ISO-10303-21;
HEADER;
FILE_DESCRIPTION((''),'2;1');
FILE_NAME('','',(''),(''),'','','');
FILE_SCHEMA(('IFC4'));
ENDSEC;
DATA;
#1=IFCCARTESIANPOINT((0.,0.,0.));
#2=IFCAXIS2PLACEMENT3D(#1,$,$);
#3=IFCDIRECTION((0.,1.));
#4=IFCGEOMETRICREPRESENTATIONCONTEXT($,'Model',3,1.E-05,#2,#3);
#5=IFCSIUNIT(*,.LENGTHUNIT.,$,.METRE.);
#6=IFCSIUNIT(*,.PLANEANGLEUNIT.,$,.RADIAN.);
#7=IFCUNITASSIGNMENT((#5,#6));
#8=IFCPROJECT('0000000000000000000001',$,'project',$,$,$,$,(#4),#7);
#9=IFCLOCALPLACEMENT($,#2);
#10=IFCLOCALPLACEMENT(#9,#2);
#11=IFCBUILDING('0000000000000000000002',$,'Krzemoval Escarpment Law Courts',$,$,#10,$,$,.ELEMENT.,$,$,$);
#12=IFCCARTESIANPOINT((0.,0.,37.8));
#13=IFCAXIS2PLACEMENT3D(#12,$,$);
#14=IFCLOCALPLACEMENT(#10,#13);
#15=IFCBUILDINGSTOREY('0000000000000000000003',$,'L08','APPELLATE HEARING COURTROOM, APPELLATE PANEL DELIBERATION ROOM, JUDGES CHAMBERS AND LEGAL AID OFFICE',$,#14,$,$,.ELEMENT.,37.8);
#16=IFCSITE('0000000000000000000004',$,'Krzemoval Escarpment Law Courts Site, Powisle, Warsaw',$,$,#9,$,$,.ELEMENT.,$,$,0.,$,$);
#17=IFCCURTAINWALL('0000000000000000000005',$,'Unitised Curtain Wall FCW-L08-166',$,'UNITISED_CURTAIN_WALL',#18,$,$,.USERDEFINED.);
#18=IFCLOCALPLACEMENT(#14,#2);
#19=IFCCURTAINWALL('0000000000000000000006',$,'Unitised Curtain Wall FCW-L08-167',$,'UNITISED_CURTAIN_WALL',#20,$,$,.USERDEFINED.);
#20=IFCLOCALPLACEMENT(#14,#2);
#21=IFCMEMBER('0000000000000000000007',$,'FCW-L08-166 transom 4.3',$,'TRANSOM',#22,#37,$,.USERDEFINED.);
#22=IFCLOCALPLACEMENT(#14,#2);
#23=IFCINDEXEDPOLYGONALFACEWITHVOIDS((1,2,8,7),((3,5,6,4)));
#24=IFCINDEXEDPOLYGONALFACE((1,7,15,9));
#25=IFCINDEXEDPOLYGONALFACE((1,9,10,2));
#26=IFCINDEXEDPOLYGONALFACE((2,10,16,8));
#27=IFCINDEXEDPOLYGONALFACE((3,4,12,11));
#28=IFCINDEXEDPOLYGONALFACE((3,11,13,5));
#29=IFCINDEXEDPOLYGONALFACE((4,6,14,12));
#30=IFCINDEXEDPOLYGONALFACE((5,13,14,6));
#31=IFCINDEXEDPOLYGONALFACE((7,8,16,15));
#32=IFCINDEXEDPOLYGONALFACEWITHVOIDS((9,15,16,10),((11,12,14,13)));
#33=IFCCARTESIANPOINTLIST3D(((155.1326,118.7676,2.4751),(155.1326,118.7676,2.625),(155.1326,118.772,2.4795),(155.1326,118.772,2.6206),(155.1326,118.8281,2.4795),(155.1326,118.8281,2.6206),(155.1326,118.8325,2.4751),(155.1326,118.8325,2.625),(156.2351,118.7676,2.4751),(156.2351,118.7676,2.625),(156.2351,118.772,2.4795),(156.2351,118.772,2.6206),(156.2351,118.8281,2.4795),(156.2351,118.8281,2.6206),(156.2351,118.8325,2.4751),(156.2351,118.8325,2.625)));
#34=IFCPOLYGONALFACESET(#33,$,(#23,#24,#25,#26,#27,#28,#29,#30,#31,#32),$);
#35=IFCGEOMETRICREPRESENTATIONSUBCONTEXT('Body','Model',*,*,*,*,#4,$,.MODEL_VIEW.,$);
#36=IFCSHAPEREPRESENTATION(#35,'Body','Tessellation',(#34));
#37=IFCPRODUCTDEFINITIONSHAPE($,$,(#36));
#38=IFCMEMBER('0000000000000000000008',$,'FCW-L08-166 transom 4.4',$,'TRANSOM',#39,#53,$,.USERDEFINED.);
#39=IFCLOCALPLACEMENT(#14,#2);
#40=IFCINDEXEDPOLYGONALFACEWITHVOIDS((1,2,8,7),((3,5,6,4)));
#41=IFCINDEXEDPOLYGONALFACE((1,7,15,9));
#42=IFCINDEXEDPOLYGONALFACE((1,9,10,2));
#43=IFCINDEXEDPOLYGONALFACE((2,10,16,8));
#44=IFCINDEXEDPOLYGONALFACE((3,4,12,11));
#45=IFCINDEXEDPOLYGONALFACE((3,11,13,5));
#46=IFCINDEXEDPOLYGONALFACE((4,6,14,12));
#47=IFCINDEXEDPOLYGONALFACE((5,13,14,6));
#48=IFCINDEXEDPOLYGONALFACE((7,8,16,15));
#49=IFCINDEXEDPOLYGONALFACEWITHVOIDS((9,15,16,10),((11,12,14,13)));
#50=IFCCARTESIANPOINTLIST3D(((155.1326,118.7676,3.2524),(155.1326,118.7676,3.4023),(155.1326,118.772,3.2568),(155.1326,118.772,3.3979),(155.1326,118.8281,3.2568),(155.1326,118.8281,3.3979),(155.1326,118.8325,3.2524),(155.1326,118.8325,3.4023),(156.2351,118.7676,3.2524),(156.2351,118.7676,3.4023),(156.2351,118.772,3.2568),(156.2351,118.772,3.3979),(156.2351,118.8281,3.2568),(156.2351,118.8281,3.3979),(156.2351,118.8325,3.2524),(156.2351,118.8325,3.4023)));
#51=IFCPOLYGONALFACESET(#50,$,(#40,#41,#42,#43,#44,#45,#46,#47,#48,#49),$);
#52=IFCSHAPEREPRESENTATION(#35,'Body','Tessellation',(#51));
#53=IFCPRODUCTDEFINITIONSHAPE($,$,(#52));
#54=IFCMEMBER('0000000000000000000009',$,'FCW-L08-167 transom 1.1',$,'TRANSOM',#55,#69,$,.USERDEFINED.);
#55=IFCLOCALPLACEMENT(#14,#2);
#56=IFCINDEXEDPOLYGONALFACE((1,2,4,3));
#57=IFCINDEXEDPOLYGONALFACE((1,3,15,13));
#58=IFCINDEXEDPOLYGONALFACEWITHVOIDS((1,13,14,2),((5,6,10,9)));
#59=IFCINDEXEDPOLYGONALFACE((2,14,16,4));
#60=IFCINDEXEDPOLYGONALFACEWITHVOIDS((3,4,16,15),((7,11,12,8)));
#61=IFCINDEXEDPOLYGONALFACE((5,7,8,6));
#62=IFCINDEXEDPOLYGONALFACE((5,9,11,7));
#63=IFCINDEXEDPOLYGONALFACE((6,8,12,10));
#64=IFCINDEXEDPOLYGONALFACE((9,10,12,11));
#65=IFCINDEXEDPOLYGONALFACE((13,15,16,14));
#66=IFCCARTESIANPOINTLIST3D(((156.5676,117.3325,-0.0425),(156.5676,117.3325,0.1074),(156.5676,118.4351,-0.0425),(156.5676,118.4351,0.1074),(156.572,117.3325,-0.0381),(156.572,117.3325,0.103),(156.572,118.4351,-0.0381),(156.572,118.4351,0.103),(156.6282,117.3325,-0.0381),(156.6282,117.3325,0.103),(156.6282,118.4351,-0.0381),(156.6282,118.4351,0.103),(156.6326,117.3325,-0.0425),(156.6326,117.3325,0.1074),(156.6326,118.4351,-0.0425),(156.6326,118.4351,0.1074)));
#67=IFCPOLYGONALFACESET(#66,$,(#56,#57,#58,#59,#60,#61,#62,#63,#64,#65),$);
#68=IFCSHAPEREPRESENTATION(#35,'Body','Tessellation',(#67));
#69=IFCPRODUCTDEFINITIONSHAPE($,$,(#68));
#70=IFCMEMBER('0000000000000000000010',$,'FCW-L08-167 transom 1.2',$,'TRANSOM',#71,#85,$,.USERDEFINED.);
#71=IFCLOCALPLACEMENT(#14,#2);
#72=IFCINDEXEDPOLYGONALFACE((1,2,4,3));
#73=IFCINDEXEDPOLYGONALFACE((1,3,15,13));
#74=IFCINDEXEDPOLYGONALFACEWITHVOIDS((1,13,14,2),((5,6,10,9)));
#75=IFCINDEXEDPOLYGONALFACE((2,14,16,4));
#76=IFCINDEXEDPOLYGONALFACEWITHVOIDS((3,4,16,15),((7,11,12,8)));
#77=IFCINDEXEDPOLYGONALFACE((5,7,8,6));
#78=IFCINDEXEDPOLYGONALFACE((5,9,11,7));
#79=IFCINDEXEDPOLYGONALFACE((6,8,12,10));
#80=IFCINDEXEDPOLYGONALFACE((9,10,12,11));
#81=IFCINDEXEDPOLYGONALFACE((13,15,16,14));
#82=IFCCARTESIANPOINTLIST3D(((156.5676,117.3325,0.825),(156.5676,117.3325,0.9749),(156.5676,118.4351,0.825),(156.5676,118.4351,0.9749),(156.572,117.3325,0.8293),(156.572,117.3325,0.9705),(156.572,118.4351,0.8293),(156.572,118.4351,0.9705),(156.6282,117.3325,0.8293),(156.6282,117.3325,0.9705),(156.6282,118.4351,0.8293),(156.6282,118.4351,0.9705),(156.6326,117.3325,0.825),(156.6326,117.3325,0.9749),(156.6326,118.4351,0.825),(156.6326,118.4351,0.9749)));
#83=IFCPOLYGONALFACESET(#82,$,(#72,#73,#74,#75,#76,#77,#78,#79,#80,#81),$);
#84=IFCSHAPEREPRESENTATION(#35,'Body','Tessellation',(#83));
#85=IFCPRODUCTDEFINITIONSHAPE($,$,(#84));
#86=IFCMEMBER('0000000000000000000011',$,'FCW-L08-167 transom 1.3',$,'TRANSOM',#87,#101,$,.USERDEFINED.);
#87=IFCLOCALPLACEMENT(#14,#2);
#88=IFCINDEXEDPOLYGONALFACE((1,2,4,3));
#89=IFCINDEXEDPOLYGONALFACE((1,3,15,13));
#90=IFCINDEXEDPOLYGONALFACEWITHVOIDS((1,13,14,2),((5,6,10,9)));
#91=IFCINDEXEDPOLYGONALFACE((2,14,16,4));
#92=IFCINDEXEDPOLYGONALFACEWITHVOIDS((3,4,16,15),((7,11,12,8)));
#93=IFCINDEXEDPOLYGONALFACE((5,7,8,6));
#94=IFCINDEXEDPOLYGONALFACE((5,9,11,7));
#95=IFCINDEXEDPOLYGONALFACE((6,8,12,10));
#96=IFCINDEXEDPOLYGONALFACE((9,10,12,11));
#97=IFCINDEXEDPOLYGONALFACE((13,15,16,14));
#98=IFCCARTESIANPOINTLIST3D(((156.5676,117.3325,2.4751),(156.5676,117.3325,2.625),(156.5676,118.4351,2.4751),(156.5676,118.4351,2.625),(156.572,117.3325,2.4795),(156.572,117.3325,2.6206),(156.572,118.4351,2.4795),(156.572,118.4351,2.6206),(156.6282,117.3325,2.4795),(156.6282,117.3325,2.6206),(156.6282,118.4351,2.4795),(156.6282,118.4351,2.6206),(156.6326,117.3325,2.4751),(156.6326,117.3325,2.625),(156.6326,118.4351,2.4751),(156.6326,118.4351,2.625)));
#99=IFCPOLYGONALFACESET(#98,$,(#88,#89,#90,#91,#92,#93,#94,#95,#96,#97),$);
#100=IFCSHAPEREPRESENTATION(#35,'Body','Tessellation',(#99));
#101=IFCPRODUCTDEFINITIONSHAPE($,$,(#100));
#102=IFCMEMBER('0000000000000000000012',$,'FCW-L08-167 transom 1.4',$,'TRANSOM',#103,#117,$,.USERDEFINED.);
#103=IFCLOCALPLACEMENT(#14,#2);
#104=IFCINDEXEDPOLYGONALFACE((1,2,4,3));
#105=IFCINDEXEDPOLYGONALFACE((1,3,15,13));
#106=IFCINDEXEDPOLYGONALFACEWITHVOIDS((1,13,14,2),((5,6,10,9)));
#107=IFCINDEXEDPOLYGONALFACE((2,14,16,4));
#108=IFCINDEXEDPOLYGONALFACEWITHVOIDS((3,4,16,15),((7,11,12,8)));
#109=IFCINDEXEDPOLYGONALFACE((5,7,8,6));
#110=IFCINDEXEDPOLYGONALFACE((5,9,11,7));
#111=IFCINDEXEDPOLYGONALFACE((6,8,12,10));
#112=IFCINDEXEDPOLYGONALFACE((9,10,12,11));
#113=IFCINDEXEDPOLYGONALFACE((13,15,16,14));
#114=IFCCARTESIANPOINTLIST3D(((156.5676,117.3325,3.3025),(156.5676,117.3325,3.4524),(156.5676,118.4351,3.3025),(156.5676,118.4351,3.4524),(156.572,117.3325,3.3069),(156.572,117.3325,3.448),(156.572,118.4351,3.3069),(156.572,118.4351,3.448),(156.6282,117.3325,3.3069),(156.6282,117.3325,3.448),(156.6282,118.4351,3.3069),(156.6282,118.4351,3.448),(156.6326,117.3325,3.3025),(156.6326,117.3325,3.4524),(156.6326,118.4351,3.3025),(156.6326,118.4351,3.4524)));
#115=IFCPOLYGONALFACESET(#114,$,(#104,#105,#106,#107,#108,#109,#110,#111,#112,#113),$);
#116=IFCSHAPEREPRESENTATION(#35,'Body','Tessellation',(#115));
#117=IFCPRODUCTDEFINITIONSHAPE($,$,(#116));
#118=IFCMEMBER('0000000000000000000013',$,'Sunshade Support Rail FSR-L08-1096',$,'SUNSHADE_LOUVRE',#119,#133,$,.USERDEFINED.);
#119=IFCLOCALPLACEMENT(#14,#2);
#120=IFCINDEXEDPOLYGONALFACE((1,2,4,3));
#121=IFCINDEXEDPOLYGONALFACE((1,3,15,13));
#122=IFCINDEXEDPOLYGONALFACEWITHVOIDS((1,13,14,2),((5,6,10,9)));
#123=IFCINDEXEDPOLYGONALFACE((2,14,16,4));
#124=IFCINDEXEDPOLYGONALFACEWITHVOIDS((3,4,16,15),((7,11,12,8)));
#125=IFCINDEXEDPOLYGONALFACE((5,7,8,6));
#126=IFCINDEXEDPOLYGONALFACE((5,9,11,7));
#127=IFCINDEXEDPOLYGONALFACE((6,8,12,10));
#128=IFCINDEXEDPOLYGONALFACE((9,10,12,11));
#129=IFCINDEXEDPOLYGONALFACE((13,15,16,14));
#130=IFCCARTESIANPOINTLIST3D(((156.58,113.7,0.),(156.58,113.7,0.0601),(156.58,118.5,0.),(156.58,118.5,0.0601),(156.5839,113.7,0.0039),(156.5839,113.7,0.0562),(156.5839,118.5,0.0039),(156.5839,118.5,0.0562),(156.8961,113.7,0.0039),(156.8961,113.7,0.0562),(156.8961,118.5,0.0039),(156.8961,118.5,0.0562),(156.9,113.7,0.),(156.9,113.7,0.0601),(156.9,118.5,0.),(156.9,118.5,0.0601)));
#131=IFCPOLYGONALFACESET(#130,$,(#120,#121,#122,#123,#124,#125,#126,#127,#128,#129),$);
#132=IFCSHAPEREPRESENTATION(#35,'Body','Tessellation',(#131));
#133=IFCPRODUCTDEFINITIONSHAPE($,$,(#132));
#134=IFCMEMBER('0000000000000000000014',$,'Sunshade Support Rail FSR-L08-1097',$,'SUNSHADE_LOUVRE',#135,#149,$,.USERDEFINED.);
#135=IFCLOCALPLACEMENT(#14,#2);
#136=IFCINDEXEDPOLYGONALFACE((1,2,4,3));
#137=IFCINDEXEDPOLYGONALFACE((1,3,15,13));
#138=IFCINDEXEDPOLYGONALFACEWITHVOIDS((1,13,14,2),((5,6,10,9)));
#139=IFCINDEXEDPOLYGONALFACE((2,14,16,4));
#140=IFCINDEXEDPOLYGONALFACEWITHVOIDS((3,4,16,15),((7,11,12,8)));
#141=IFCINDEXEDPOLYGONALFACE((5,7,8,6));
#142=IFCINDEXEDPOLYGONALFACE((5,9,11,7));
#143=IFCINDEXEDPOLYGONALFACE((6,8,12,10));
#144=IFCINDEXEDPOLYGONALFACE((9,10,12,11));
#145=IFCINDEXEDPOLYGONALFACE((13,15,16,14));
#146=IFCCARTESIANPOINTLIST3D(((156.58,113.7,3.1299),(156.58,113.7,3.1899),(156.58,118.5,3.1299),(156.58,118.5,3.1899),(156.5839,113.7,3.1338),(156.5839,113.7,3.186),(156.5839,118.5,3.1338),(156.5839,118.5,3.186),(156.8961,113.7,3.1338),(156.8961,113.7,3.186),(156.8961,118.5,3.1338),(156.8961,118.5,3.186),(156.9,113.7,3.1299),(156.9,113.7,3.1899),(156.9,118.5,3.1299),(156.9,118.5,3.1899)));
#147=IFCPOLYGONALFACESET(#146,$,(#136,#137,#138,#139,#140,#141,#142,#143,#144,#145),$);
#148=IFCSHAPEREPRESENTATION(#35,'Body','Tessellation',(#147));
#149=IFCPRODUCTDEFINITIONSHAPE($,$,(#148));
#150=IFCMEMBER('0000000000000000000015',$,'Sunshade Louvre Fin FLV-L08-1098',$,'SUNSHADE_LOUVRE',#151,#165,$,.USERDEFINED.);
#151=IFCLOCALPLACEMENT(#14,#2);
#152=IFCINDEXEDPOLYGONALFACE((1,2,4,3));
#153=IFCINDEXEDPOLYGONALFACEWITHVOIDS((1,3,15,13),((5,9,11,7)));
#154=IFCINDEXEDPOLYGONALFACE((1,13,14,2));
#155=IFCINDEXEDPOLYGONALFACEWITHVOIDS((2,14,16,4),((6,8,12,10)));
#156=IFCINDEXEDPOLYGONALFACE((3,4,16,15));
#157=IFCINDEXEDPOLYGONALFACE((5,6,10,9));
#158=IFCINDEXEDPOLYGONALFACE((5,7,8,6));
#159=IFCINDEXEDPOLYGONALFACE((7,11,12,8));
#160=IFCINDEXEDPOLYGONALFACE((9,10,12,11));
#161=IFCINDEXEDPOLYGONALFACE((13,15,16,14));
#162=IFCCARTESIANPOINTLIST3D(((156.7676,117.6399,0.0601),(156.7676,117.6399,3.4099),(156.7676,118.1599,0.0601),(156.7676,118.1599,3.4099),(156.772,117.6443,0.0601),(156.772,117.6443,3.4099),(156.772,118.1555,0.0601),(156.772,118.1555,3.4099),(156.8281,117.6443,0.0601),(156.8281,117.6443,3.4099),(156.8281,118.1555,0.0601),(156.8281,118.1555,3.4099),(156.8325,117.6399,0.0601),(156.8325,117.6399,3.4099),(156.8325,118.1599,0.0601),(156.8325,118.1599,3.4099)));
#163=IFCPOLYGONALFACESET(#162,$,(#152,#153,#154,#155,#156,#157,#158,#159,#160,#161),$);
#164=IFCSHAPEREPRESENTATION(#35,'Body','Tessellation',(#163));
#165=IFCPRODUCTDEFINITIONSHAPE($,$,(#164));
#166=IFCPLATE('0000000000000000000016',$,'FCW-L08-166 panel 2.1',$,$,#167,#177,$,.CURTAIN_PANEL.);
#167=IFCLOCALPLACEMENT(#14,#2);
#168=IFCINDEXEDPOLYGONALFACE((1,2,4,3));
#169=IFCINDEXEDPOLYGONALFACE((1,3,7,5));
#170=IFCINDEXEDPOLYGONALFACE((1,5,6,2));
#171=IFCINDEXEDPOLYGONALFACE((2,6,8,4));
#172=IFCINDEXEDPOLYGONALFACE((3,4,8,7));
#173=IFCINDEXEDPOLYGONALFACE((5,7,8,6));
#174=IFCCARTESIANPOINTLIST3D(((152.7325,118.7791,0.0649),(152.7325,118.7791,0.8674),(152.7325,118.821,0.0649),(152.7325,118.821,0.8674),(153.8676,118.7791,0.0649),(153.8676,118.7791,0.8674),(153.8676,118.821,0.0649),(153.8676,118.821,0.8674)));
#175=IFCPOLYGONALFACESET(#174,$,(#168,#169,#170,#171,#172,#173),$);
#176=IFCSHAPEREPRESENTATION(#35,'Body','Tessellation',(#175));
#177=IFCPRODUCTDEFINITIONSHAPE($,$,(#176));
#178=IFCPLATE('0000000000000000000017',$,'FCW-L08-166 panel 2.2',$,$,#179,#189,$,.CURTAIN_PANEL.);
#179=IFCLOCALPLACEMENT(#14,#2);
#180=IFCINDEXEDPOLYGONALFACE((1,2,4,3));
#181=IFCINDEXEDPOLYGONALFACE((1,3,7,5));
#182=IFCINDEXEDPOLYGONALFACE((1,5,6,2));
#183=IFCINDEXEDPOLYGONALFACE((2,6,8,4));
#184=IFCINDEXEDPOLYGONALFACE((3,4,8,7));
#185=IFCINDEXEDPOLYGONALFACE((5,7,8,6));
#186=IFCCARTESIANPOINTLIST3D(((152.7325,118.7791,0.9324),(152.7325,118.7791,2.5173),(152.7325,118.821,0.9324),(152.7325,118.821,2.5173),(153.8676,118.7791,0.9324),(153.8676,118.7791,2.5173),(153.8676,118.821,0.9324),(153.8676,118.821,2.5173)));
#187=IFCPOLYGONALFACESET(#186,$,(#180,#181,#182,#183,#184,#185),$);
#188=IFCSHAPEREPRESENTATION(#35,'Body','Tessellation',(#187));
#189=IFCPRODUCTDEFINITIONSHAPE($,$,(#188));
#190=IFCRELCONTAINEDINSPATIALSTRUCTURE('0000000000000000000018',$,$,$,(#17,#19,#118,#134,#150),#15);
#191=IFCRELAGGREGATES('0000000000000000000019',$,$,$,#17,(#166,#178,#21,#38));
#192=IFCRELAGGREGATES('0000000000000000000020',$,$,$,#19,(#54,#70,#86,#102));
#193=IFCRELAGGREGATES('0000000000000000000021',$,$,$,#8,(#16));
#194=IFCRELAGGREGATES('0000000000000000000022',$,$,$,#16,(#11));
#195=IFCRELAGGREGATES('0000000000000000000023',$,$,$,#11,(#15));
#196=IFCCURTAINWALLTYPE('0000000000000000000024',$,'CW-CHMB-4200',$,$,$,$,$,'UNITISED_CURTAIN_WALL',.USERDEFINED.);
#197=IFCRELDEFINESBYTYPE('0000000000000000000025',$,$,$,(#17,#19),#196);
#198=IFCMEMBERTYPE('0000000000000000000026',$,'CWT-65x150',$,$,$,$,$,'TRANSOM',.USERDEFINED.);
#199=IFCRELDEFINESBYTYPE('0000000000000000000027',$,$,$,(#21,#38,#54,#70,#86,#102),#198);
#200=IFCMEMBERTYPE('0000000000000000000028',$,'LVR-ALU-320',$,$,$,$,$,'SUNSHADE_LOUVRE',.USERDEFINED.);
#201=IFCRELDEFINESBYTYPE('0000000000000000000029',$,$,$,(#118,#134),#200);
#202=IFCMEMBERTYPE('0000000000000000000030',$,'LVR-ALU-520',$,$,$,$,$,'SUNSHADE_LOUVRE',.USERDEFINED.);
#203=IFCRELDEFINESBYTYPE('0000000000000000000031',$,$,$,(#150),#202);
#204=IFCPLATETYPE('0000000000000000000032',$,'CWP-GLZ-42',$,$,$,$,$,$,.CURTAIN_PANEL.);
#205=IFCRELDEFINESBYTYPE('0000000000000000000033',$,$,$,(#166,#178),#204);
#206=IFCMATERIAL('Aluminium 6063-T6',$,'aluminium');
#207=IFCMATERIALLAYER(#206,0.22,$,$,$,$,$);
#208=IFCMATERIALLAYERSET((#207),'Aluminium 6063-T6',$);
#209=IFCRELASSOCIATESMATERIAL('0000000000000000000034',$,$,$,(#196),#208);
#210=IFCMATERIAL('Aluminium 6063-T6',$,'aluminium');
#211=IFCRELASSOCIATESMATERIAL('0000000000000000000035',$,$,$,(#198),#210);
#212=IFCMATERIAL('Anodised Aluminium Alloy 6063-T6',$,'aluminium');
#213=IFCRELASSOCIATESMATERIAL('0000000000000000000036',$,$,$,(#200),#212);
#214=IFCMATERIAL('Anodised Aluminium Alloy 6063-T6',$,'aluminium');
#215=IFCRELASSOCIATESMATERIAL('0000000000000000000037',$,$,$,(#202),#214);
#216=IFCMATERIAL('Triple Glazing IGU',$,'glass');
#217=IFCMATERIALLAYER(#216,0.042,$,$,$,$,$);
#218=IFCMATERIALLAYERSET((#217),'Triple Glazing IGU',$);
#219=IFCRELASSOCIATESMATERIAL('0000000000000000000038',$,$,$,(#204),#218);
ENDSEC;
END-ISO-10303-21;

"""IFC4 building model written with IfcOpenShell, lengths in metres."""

from ifc_helpers import new_model, si_unit, direction, frame, origin, origin_2d, place, context, subcontext, project, spatial, rectangle, hollow_rectangle, extrude, material, layer, layer_set, material_profile, profile_set, type_object, element, aggregate, save


model = new_model("IFC4")

# Units and contexts
model_context = context("Model", 3, precision=1e-05, world=origin(), true_north=direction((0.0, 1.0)))
body_context = subcontext(model_context, "Body", "Model", "MODEL_VIEW")
ifc_project = project(units=[si_unit("LENGTHUNIT", "METRE"), si_unit("PLANEANGLEUNIT", "RADIAN")], contexts=[model_context])

# Site, building, storey
site_placement = place(None, origin())
site = spatial("IfcSite", under=ifc_project, at=site_placement, Name="Krzemoval Escarpment Law Courts Site, Powisle, Warsaw", CompositionType="ELEMENT", RefElevation=0.0)
building_placement = place(site_placement, origin())
building = spatial("IfcBuilding", under=site, at=building_placement, Name="Krzemoval Escarpment Law Courts", CompositionType="ELEMENT")
storey_placement = place(building_placement, frame((0.0, 0.0, 37.8)))
storey = spatial("IfcBuildingStorey", under=building, at=storey_placement, Name="L08", Description="APPELLATE HEARING COURTROOM, APPELLATE PANEL DELIBERATION ROOM, JUDGES CHAMBERS AND LEGAL AID OFFICE", CompositionType="ELEMENT", Elevation=37.8)

# Curtain wall
ifc_material_1 = material(Name="Aluminium 6063-T6", Category="aluminium")
ifc_layer_1 = layer(ifc_material_1, 0.22)
ifc_layer_set_1 = layer_set([ifc_layer_1], Name="Aluminium 6063-T6")
curtain_wall_type = type_object("IfcCurtainWallType", Name="CW-CHMB-4200", ElementType="UNITISED_CURTAIN_WALL", PredefinedType="USERDEFINED", material=ifc_layer_set_1)
curtain_wall_1_placement = place(storey_placement, origin())
curtain_wall_1 = element("IfcCurtainWall", 1, at=curtain_wall_1_placement, inside=storey, type_object=curtain_wall_type, Name="Unitised Curtain Wall FCW-L08-166", ObjectType="UNITISED_CURTAIN_WALL", PredefinedType="USERDEFINED")

# Curtain wall
curtain_wall_2_placement = place(storey_placement, origin())
curtain_wall_2 = element("IfcCurtainWall", 2, at=curtain_wall_2_placement, inside=storey, type_object=curtain_wall_type, Name="Unitised Curtain Wall FCW-L08-167", ObjectType="UNITISED_CURTAIN_WALL", PredefinedType="USERDEFINED")

# Members
ifc_material_2 = material(Name="Aluminium 6063-T6", Category="aluminium")
ifc_material_profile_1 = material_profile(ifc_material_2, hollow_rectangle(XDim=0.0649, YDim=0.1499, WallThickness=0.0044, at=origin_2d()), Name="ALU T65x150")
ifc_profile_set_1 = profile_set([ifc_material_profile_1], Name="Aluminium 6063-T6")
member_type_1 = type_object("IfcMemberType", Name="CWT-65x150", ElementType="TRANSOM", PredefinedType="USERDEFINED", material=ifc_profile_set_1)
member_1_placement = place(storey_placement, frame((155.1326, 118.8, 2.55), z_axis=(1.0, 0.0, 0.0), x_axis=(0.0, 1.0, 0.0)))
member_1 = element("IfcMember", 3, at=member_1_placement, type_object=member_type_1, Name="FCW-L08-166 transom 4.3", ObjectType="TRANSOM", PredefinedType="USERDEFINED", context=body_context, shape_type="SweptSolid", body=[
    extrude(hollow_rectangle(XDim=0.0649, YDim=0.1499, WallThickness=0.0044, at=origin_2d()), origin(), (0.0, 0.0, 1.0), 1.1025),
])
member_2_placement = place(storey_placement, frame((155.1326, 118.8, 3.3274), z_axis=(1.0, 0.0, 0.0), x_axis=(0.0, 1.0, 0.0)))
member_2 = element("IfcMember", 4, at=member_2_placement, type_object=member_type_1, Name="FCW-L08-166 transom 4.4", ObjectType="TRANSOM", PredefinedType="USERDEFINED", context=body_context, shape_type="SweptSolid", body=[
    extrude(hollow_rectangle(XDim=0.0649, YDim=0.1499, WallThickness=0.0044, at=origin_2d()), origin(), (0.0, 0.0, 1.0), 1.1025),
])
member_3_placement = place(storey_placement, frame((156.6001, 118.4351, 0.0325), z_axis=(0.0, -1.0, 0.0), x_axis=(1.0, 0.0, 0.0)))
member_3 = element("IfcMember", 5, at=member_3_placement, type_object=member_type_1, Name="FCW-L08-167 transom 1.1", ObjectType="TRANSOM", PredefinedType="USERDEFINED", context=body_context, shape_type="SweptSolid", body=[
    extrude(hollow_rectangle(XDim=0.0649, YDim=0.1499, WallThickness=0.0044, at=origin_2d()), origin(), (0.0, 0.0, 1.0), 1.1025),
])
member_4_placement = place(storey_placement, frame((156.6001, 118.4351, 0.8999), z_axis=(0.0, -1.0, 0.0), x_axis=(1.0, 0.0, 0.0)))
member_4 = element("IfcMember", 6, at=member_4_placement, type_object=member_type_1, Name="FCW-L08-167 transom 1.2", ObjectType="TRANSOM", PredefinedType="USERDEFINED", context=body_context, shape_type="SweptSolid", body=[
    extrude(hollow_rectangle(XDim=0.0649, YDim=0.1499, WallThickness=0.0044, at=origin_2d()), origin(), (0.0, 0.0, 1.0), 1.1025),
])
member_5_placement = place(storey_placement, frame((156.6001, 118.4351, 2.55), z_axis=(0.0, -1.0, 0.0), x_axis=(1.0, 0.0, 0.0)))
member_5 = element("IfcMember", 7, at=member_5_placement, type_object=member_type_1, Name="FCW-L08-167 transom 1.3", ObjectType="TRANSOM", PredefinedType="USERDEFINED", context=body_context, shape_type="SweptSolid", body=[
    extrude(hollow_rectangle(XDim=0.0649, YDim=0.1499, WallThickness=0.0044, at=origin_2d()), origin(), (0.0, 0.0, 1.0), 1.1025),
])
member_6_placement = place(storey_placement, frame((156.6001, 118.4351, 3.3774), z_axis=(0.0, -1.0, 0.0), x_axis=(1.0, 0.0, 0.0)))
member_6 = element("IfcMember", 8, at=member_6_placement, type_object=member_type_1, Name="FCW-L08-167 transom 1.4", ObjectType="TRANSOM", PredefinedType="USERDEFINED", context=body_context, shape_type="SweptSolid", body=[
    extrude(hollow_rectangle(XDim=0.0649, YDim=0.1499, WallThickness=0.0044, at=origin_2d()), origin(), (0.0, 0.0, 1.0), 1.1025),
])

# Members
ifc_material_3 = material(Name="Anodised Aluminium Alloy 6063-T6", Category="aluminium")
ifc_material_profile_2 = material_profile(ifc_material_3, hollow_rectangle(XDim=0.0601, YDim=0.3201, WallThickness=0.0039, at=origin_2d()), Name="ALU LVR 60x320")
ifc_profile_set_2 = profile_set([ifc_material_profile_2], Name="Anodised Aluminium Alloy 6063-T6")
member_type_2 = type_object("IfcMemberType", Name="LVR-ALU-320", ElementType="SUNSHADE_LOUVRE", PredefinedType="USERDEFINED", material=ifc_profile_set_2)
for number, where, z_axis, x_axis, name in (
    (9, (156.74, 118.5, 0.03), (0.0, -1.0, 0.0), (0.0, 0.0, 1.0), "Sunshade Support Rail FSR-L08-1096"),
    (10, (156.74, 118.5, 3.1599), (0.0, -1.0, 0.0), (0.0, 0.0, 1.0), "Sunshade Support Rail FSR-L08-1097"),
):
    element("IfcMember", number, at=place(storey_placement, frame(where, z_axis=z_axis, x_axis=x_axis)), inside=storey, type_object=member_type_2, Name=name, ObjectType="SUNSHADE_LOUVRE", PredefinedType="USERDEFINED", context=body_context, shape_type="SweptSolid", body=[
        extrude(hollow_rectangle(XDim=0.0601, YDim=0.3201, WallThickness=0.0039, at=origin_2d()), origin(), (0.0, 0.0, 1.0), 4.8),
    ])
ifc_material_4 = material(Name="Anodised Aluminium Alloy 6063-T6", Category="aluminium")
ifc_material_profile_3 = material_profile(ifc_material_4, hollow_rectangle(XDim=0.0649, YDim=0.52, WallThickness=0.0044, at=origin_2d()), Name="ALU LVR 65x520")
ifc_profile_set_3 = profile_set([ifc_material_profile_3], Name="Anodised Aluminium Alloy 6063-T6")
member_type_3 = type_object("IfcMemberType", Name="LVR-ALU-520", ElementType="SUNSHADE_LOUVRE", PredefinedType="USERDEFINED", material=ifc_profile_set_3)
member_7_placement = place(storey_placement, frame((156.8, 117.8999, 0.0601), z_axis=(0.0, 0.0, 1.0), x_axis=(1.0, 0.0, 0.0)))
element("IfcMember", 11, at=member_7_placement, inside=storey, type_object=member_type_3, Name="Sunshade Louvre Fin FLV-L08-1098", ObjectType="SUNSHADE_LOUVRE", PredefinedType="USERDEFINED", context=body_context, shape_type="SweptSolid", body=[
    extrude(hollow_rectangle(XDim=0.0649, YDim=0.52, WallThickness=0.0044, at=origin_2d()), origin(), (0.0, 0.0, 1.0), 3.3499),
])

# Plates
ifc_material_5 = material(Name="Triple Glazing IGU", Category="glass")
ifc_layer_2 = layer(ifc_material_5, 0.042)
ifc_layer_set_2 = layer_set([ifc_layer_2], Name="Triple Glazing IGU")
plate_type_1 = type_object("IfcPlateType", Name="CWP-GLZ-42", PredefinedType="CURTAIN_PANEL", material=ifc_layer_set_2)
plate_1_placement = place(storey_placement, frame((153.3, 118.8, 0.0649), z_axis=(0.0, 0.0, 1.0), x_axis=(1.0, 0.0, 0.0)))
plate_1 = element("IfcPlate", 12, at=plate_1_placement, type_object=plate_type_1, Name="FCW-L08-166 panel 2.1", PredefinedType="CURTAIN_PANEL", context=body_context, shape_type="SweptSolid", body=[
    extrude(rectangle(XDim=1.135, YDim=0.042, at=origin_2d()), origin(), (0.0, 0.0, 1.0), 0.8025),
])
plate_2_placement = place(storey_placement, frame((153.3, 118.8, 0.9324), z_axis=(0.0, 0.0, 1.0), x_axis=(1.0, 0.0, 0.0)))
plate_2 = element("IfcPlate", 13, at=plate_2_placement, type_object=plate_type_1, Name="FCW-L08-166 panel 2.2", PredefinedType="CURTAIN_PANEL", context=body_context, shape_type="SweptSolid", body=[
    extrude(rectangle(XDim=1.135, YDim=0.042, at=origin_2d()), origin(), (0.0, 0.0, 1.0), 1.585),
])
aggregate(curtain_wall_1, [plate_1, plate_2, member_1, member_2])
aggregate(curtain_wall_2, [member_3, member_4, member_5, member_6])

save(model, "model.ifc")
